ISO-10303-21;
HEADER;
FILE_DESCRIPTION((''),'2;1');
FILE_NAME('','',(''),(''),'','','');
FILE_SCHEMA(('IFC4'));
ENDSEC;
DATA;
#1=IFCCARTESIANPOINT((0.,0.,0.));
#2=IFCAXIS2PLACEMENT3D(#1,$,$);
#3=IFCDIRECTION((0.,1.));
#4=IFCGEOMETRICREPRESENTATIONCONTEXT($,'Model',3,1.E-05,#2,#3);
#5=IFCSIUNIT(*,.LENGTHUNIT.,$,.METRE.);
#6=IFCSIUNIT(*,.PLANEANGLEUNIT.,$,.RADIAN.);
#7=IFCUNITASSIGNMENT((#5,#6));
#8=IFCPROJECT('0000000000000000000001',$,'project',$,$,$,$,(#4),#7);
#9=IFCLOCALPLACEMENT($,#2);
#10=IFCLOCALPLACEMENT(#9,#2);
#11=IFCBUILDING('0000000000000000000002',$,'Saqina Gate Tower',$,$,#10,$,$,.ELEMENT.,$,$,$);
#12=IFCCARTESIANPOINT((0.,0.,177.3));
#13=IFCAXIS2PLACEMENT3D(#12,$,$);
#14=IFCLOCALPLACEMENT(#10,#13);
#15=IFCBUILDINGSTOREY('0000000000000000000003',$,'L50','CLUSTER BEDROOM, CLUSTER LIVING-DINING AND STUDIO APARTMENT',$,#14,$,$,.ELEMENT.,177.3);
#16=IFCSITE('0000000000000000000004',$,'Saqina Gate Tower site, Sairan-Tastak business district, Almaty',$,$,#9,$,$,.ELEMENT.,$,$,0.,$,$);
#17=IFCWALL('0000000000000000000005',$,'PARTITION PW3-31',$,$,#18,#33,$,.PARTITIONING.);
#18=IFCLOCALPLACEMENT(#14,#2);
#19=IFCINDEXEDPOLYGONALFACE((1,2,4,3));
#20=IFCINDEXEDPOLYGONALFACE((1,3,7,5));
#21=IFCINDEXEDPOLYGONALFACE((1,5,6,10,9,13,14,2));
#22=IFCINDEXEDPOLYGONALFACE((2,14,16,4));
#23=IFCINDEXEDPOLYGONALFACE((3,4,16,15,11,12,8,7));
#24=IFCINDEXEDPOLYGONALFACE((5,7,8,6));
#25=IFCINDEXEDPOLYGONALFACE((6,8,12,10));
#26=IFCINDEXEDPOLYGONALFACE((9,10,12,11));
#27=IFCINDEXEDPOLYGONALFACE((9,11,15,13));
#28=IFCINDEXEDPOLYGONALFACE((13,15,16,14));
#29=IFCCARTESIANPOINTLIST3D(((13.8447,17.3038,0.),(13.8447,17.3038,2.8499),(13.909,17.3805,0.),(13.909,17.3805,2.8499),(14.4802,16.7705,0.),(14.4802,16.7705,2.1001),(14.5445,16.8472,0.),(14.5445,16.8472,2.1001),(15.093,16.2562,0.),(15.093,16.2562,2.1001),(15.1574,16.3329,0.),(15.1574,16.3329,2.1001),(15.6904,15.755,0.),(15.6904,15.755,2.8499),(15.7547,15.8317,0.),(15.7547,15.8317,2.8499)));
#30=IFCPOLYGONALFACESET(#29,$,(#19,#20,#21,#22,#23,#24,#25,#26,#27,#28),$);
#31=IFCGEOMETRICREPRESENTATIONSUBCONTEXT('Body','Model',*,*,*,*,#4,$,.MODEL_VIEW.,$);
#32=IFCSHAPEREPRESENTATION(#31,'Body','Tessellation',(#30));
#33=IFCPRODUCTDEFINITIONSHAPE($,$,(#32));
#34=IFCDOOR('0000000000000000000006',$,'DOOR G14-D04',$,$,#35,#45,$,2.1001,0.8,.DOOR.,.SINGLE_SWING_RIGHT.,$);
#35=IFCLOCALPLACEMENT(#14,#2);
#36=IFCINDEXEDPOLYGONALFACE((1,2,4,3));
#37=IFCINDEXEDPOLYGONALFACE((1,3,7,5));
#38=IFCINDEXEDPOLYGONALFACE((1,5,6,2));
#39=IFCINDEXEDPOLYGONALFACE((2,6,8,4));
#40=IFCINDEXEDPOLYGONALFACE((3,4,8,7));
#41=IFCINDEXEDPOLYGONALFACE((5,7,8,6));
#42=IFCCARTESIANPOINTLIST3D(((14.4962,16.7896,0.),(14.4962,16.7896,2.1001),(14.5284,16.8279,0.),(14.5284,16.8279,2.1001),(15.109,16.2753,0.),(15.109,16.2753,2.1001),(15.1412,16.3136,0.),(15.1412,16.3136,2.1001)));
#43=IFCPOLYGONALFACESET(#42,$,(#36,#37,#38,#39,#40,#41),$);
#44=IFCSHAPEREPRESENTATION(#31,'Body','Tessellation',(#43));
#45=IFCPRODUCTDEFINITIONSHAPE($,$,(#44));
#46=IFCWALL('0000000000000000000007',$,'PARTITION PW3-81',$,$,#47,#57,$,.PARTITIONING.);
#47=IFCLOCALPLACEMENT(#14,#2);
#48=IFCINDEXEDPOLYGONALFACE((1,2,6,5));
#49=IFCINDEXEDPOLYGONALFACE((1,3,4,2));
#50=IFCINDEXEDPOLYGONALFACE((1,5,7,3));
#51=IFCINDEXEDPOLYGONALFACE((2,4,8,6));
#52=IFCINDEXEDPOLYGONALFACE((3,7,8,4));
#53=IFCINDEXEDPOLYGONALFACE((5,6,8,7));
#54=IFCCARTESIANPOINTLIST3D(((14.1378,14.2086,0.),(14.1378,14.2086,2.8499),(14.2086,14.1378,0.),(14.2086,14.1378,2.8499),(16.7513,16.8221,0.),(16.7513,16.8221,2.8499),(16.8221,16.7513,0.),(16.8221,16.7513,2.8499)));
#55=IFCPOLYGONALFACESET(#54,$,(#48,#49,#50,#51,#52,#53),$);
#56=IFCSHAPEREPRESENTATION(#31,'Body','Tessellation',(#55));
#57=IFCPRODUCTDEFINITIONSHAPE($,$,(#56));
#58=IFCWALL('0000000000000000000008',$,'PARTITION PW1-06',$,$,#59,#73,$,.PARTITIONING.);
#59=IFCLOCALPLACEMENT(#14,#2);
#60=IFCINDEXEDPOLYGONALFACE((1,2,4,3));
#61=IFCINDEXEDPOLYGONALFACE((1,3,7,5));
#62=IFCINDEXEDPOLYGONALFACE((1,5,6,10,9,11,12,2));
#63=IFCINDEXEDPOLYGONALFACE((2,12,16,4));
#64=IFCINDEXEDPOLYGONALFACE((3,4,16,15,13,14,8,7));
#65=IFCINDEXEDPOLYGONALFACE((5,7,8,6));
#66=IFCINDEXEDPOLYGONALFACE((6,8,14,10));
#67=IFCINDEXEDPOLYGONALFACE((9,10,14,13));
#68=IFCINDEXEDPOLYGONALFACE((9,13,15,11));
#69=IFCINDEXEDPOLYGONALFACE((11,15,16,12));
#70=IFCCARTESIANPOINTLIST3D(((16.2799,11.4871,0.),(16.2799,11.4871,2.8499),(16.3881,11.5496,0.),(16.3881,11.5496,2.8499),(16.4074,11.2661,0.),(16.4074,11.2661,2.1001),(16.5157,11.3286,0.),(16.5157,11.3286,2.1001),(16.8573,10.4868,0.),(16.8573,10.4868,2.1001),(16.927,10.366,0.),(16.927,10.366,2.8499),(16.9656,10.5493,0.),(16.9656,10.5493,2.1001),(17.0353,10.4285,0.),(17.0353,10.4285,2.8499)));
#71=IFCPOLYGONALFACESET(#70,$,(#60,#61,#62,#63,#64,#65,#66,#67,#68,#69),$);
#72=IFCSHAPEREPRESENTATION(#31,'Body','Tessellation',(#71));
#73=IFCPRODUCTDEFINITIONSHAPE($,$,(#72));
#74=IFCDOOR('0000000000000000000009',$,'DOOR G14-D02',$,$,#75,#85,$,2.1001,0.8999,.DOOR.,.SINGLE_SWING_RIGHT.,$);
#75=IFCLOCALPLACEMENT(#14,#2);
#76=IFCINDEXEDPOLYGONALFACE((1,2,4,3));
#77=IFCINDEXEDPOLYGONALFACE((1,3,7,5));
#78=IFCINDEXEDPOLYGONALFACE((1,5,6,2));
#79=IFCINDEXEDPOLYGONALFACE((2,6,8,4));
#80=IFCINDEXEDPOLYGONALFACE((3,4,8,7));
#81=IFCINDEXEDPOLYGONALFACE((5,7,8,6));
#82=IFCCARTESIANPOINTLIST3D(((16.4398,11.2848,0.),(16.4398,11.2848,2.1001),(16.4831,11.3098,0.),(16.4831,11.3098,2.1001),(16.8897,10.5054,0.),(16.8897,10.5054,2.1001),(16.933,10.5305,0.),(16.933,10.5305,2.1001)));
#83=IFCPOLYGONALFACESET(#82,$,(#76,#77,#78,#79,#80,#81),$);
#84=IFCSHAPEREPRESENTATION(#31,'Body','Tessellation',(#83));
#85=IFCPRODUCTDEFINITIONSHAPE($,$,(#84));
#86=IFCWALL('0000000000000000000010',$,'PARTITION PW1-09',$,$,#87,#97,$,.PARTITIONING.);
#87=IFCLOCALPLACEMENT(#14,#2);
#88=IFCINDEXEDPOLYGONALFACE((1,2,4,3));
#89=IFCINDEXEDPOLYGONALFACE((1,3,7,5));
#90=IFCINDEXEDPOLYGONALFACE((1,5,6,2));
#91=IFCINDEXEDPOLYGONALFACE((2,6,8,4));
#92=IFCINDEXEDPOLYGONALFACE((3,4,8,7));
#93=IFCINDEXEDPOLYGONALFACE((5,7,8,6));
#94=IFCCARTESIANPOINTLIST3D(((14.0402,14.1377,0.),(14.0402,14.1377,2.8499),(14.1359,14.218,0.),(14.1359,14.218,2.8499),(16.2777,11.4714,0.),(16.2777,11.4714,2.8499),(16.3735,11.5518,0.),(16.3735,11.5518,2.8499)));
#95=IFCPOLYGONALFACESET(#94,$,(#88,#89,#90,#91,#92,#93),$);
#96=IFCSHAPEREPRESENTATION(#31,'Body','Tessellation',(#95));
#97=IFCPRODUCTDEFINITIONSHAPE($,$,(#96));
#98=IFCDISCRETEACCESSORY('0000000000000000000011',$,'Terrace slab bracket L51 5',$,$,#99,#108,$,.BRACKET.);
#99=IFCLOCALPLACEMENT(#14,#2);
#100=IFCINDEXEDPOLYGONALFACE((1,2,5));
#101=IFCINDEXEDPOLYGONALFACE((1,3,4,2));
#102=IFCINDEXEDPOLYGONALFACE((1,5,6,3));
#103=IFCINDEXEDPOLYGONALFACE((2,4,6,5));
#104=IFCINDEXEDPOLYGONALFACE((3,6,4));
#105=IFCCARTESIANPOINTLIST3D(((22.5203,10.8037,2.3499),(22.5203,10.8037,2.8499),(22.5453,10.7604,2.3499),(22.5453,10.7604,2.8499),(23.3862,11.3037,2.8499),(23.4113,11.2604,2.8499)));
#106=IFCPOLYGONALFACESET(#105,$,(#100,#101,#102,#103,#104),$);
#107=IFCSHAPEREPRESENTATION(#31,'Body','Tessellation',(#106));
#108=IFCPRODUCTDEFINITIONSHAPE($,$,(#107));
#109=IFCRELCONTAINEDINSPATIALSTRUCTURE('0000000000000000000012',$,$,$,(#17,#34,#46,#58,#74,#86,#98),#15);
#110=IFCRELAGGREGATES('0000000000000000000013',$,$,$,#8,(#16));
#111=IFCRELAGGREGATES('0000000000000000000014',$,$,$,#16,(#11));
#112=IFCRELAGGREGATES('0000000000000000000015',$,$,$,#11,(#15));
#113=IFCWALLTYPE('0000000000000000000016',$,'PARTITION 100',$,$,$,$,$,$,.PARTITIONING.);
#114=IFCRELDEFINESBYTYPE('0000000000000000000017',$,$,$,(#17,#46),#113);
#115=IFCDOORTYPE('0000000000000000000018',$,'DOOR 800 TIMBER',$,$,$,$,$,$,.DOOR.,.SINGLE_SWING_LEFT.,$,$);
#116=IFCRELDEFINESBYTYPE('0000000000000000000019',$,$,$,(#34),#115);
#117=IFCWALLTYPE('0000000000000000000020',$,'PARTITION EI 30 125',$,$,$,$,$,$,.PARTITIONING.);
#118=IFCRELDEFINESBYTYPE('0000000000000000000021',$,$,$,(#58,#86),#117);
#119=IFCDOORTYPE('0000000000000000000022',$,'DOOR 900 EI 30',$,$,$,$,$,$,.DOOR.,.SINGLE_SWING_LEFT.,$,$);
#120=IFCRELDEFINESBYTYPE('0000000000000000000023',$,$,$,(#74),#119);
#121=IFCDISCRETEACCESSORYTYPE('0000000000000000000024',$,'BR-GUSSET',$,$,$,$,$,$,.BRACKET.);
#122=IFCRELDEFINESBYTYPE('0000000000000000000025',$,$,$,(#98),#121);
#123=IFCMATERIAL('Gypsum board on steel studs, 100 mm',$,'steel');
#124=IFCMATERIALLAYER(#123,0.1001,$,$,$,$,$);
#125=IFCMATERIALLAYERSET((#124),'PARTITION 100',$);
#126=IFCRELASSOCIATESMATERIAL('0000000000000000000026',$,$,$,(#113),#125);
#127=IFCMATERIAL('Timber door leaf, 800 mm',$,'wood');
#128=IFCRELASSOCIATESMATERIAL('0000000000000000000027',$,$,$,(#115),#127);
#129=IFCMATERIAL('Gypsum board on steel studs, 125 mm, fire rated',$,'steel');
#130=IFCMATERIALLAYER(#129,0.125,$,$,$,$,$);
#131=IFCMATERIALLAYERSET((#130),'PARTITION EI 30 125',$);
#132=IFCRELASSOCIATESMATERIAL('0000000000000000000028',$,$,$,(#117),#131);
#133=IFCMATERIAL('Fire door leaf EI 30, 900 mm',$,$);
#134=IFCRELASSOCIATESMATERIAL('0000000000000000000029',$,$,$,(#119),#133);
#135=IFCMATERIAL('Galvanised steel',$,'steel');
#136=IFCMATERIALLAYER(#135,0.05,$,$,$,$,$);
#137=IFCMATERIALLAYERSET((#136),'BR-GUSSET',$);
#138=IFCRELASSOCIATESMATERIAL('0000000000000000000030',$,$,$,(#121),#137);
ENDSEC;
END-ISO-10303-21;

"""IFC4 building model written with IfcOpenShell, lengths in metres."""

from ifc_helpers import new_model, si_unit, direction, frame, frame_2d, origin, place, context, subcontext, project, spatial, polyline, rectangle, outline, extrude, material, layer, layer_set, type_object, element, fill, save


model = new_model("IFC4")

# Units and contexts
model_context = context("Model", 3, precision=1e-05, world=origin(), true_north=direction((0.0, 1.0)))
body_context = subcontext(model_context, "Body", "Model", "MODEL_VIEW")
ifc_project = project(units=[si_unit("LENGTHUNIT", "METRE"), si_unit("PLANEANGLEUNIT", "RADIAN")], contexts=[model_context])

# Site, building, storey
site_placement = place(None, origin())
site = spatial("IfcSite", under=ifc_project, at=site_placement, Name="Saqina Gate Tower site, Sairan-Tastak business district, Almaty", CompositionType="ELEMENT", RefElevation=0.0)
building_placement = place(site_placement, origin())
building = spatial("IfcBuilding", under=site, at=building_placement, Name="Saqina Gate Tower", CompositionType="ELEMENT")
storey_placement = place(building_placement, frame((0.0, 0.0, 177.3)))
storey = spatial("IfcBuildingStorey", under=building, at=storey_placement, Name="L50", Description="CLUSTER BEDROOM, CLUSTER LIVING-DINING AND STUDIO APARTMENT", CompositionType="ELEMENT", Elevation=177.3)

# Shared definitions
ifc_material_1 = material(Name="Gypsum board on steel studs, 100 mm", Category="steel")
ifc_layer_1 = layer(ifc_material_1, 0.1001)
ifc_layer_set_1 = layer_set([ifc_layer_1], Name="PARTITION 100")
wall_type_1 = type_object("IfcWallType", Name="PARTITION 100", PredefinedType="PARTITIONING", material=ifc_layer_set_1)

# Wall, opening, door
ifc_material_2 = material(Name="Timber door leaf, 800 mm", Category="wood")
door_type_1 = type_object("IfcDoorType", Name="DOOR 800 TIMBER", OperationType="SINGLE_SWING_LEFT", PredefinedType="DOOR", material=ifc_material_2)
wall_1_placement = place(storey_placement, frame((13.877, 17.342, 0.0), z_axis=(0.0, 0.0, 1.0), x_axis=(0.766024, -0.642812, 0.0)))
wall_1 = element("IfcWall", 1, at=wall_1_placement, inside=storey, type_object=wall_type_1, Name="PARTITION PW3-31", PredefinedType="PARTITIONING", context=body_context, shape_type="SweptSolid", body=[
    extrude(rectangle(XDim=2.4094, YDim=0.1001, at=frame_2d((1.2046, 0.0))), origin(), (0.0, 0.0, 1.0), 2.8499),
])
opening_1_placement = place(wall_1_placement, frame((0.8296, 0.0, 0.0)))
opening_1 = element("IfcOpeningElement", 2, at=opening_1_placement, cuts=wall_1, PredefinedType="OPENING", context=body_context, shape_type="SweptSolid", body=[
    extrude(rectangle(XDim=0.8, YDim=2.1001, at=frame_2d((0.3999, 1.05))), frame((0.0, 0.062, 0.0), z_axis=(0.0, -1.0, 0.0), x_axis=(1.0, 0.0, 0.0)), (0.0, 0.0, 1.0), 0.124),
])
door_1_placement = place(opening_1_placement, origin())
door_1 = element("IfcDoor", 3, at=door_1_placement, inside=storey, type_object=door_type_1, Name="DOOR G14-D04", OperationType="SINGLE_SWING_RIGHT", OverallHeight=2.1001, OverallWidth=0.8, PredefinedType="DOOR", context=body_context, shape_type="SweptSolid", body=[
    extrude(rectangle(XDim=0.8, YDim=2.1001, at=frame_2d((0.3999, 1.05))), frame((0.0, 0.0249, 0.0), z_axis=(0.0, -1.0, 0.0), x_axis=(1.0, 0.0, 0.0)), (0.0, 0.0, 1.0), 0.05),
])
fill(opening_1, door_1)

# Wall
wall_2_placement = place(storey_placement, frame((14.1731, 14.1731, 0.0), z_axis=(0.0, 0.0, 1.0), x_axis=(0.707107, 0.707107, 0.0)))
element("IfcWall", 4, at=wall_2_placement, inside=storey, type_object=wall_type_1, Name="PARTITION PW3-81", PredefinedType="PARTITIONING", context=body_context, shape_type="SweptSolid", body=[
    extrude(rectangle(XDim=3.696, YDim=0.1001, at=frame_2d((1.8481, 0.0))), origin(), (0.0, 0.0, 1.0), 2.8499),
])

# Wall, opening, door
ifc_material_3 = material(Name="Gypsum board on steel studs, 125 mm, fire rated", Category="steel")
ifc_layer_2 = layer(ifc_material_3, 0.125)
ifc_layer_set_2 = layer_set([ifc_layer_2], Name="PARTITION EI 30 125")
wall_type_2 = type_object("IfcWallType", Name="PARTITION EI 30 125", PredefinedType="PARTITIONING", material=ifc_layer_set_2)
wall_3_placement = place(storey_placement, frame((16.334, 11.5183, 0.0), z_axis=(0.0, 0.0, 1.0), x_axis=(0.499973, -0.866041, 0.0)))
wall_3 = element("IfcWall", 5, at=wall_3_placement, inside=storey, type_object=wall_type_2, Name="PARTITION PW1-06", PredefinedType="PARTITIONING", context=body_context, shape_type="SweptSolid", body=[
    extrude(rectangle(XDim=1.2944, YDim=0.125, at=frame_2d((0.6472, 0.0))), origin(), (0.0, 0.0, 1.0), 2.8499),
])
opening_2_placement = place(wall_3_placement, frame((0.2551, 0.0, 0.0)))
opening_2 = element("IfcOpeningElement", 6, at=opening_2_placement, cuts=wall_3, PredefinedType="OPENING", context=body_context, shape_type="SweptSolid", body=[
    extrude(rectangle(XDim=0.8999, YDim=2.1001, at=frame_2d((0.45, 1.05))), frame((0.0, 0.0745, 0.0), z_axis=(0.0, -1.0, 0.0), x_axis=(1.0, 0.0, 0.0)), (0.0, 0.0, 1.0), 0.1489),
])
ifc_material_4 = material(Name="Fire door leaf EI 30, 900 mm")
door_type_2 = type_object("IfcDoorType", Name="DOOR 900 EI 30", OperationType="SINGLE_SWING_LEFT", PredefinedType="DOOR", material=ifc_material_4)
door_2_placement = place(opening_2_placement, origin())
door_2 = element("IfcDoor", 7, at=door_2_placement, inside=storey, type_object=door_type_2, Name="DOOR G14-D02", OperationType="SINGLE_SWING_RIGHT", OverallHeight=2.1001, OverallWidth=0.8999, PredefinedType="DOOR", context=body_context, shape_type="SweptSolid", body=[
    extrude(rectangle(XDim=0.8999, YDim=2.1001, at=frame_2d((0.45, 1.05))), frame((0.0, 0.0249, 0.0), z_axis=(0.0, -1.0, 0.0), x_axis=(1.0, 0.0, 0.0)), (0.0, 0.0, 1.0), 0.05),
])
fill(opening_2, door_2)

# Wall
wall_4_placement = place(storey_placement, frame((14.0881, 14.1777, 0.0), z_axis=(0.0, 0.0, 1.0), x_axis=(0.642837, -0.766003, 0.0)))
element("IfcWall", 8, at=wall_4_placement, inside=storey, type_object=wall_type_2, Name="PARTITION PW1-09", PredefinedType="PARTITIONING", context=body_context, shape_type="SweptSolid", body=[
    extrude(rectangle(XDim=3.4807, YDim=0.125, at=frame_2d((1.7402, 0.0))), origin(), (0.0, 0.0, 1.0), 2.8499),
])

# Discrete accessory
ifc_material_5 = material(Name="Galvanised steel", Category="steel")
ifc_layer_3 = layer(ifc_material_5, 0.05)
ifc_layer_set_3 = layer_set([ifc_layer_3], Name="BR-GUSSET")
discrete_accessory_type = type_object("IfcDiscreteAccessoryType", Name="BR-GUSSET", PredefinedType="BRACKET", material=ifc_layer_set_3)
discrete_accessory_placement = place(storey_placement, frame((22.5203, 10.8037, 2.3499), z_axis=(-0.500025, 0.866011, 0.0), x_axis=(0.0, 0.0, 1.0)))
element("IfcDiscreteAccessory", 9, at=discrete_accessory_placement, inside=storey, type_object=discrete_accessory_type, Name="Terrace slab bracket L51 5", PredefinedType="BRACKET", context=body_context, shape_type="SweptSolid", body=[
    extrude(outline(polyline([(0.0, 0.0), (0.5, 0.0), (0.5, 0.9999), (0.0, 0.0)])), origin(), (0.0, 0.0, -1.0), 0.05),
])

save(model, "model.ifc")
